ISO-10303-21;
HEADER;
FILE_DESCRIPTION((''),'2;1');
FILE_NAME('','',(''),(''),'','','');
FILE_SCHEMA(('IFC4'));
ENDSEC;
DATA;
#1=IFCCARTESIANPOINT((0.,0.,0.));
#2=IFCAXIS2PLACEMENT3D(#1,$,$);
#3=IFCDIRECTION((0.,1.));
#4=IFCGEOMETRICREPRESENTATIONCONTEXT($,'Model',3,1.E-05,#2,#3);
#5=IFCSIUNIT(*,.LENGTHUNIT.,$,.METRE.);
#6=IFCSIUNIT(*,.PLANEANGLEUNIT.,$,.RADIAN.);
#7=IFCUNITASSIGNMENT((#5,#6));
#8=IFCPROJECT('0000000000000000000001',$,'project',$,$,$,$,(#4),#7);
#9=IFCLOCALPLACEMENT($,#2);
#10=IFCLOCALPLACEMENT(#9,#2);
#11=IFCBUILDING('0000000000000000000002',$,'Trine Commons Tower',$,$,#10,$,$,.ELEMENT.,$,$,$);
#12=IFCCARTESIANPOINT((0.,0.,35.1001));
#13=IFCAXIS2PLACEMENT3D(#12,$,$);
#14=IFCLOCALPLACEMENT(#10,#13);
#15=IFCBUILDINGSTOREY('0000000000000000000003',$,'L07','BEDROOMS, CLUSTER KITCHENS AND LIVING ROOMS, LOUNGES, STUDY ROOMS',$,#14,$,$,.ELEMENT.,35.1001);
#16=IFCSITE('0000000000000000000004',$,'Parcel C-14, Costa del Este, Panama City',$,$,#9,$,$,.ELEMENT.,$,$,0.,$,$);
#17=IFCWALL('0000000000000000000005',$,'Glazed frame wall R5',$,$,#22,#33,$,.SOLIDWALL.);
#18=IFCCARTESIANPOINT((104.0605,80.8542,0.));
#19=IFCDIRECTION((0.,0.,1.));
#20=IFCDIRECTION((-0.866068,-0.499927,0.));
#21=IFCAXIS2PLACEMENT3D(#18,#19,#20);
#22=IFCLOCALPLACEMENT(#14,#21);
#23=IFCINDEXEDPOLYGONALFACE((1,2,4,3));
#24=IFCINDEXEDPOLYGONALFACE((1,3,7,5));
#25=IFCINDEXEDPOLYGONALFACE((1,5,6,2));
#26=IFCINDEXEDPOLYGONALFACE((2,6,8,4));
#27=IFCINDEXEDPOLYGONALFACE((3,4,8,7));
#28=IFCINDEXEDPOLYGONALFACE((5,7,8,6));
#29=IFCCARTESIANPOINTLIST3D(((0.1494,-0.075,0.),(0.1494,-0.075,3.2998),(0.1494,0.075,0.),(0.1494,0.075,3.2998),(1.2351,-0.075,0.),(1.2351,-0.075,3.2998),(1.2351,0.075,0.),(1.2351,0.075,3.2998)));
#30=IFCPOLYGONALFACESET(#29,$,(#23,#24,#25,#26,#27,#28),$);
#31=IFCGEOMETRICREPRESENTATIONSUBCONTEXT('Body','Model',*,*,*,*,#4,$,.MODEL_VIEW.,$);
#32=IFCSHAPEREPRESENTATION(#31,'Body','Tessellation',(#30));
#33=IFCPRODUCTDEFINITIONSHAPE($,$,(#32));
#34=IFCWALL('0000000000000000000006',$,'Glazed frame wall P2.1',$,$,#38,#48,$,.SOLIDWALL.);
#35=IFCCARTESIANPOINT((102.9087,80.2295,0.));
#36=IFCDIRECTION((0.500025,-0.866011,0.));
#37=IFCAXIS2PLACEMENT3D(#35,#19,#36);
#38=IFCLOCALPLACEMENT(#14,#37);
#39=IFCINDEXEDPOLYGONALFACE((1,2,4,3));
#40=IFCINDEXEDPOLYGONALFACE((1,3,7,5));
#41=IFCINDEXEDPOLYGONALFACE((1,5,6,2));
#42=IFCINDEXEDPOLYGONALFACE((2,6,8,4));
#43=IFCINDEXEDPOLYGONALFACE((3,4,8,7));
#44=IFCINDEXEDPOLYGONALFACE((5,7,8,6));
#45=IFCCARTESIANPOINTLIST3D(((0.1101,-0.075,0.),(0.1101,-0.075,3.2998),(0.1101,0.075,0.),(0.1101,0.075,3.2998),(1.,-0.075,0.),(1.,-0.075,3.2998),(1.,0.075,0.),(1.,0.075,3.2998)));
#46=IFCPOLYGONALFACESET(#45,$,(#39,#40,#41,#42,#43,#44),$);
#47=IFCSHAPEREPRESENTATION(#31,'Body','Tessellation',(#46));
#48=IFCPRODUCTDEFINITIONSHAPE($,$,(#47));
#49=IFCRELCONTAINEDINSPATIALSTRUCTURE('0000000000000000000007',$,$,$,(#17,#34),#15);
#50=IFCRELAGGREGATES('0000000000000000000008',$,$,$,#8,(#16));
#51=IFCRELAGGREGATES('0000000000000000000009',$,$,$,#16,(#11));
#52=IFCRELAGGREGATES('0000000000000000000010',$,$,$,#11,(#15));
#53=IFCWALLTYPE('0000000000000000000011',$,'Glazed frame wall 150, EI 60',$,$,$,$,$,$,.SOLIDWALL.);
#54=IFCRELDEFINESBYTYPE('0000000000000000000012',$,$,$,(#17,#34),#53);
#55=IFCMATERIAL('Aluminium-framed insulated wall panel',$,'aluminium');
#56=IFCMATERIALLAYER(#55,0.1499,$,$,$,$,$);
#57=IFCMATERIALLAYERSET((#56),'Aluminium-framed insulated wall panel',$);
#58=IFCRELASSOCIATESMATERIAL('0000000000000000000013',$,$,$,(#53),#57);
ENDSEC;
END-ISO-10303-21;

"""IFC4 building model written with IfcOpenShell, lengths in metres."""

from ifc_helpers import new_model, si_unit, direction, frame, origin, place, context, subcontext, project, spatial, polyline, outline, extrude, material, layer, layer_set, type_object, element, save


model = new_model("IFC4")

# Units and contexts
model_context = context("Model", 3, precision=1e-05, world=origin(), true_north=direction((0.0, 1.0)))
body_context = subcontext(model_context, "Body", "Model", "MODEL_VIEW")
ifc_project = project(units=[si_unit("LENGTHUNIT", "METRE"), si_unit("PLANEANGLEUNIT", "RADIAN")], contexts=[model_context])

# Site, building, storey
site_placement = place(None, origin())
site = spatial("IfcSite", under=ifc_project, at=site_placement, Name="Parcel C-14, Costa del Este, Panama City", CompositionType="ELEMENT", RefElevation=0.0)
building_placement = place(site_placement, origin())
building = spatial("IfcBuilding", under=site, at=building_placement, Name="Trine Commons Tower", CompositionType="ELEMENT")
storey_placement = place(building_placement, frame((0.0, 0.0, 35.1001)))
storey = spatial("IfcBuildingStorey", under=building, at=storey_placement, Name="L07", Description="BEDROOMS, CLUSTER KITCHENS AND LIVING ROOMS, LOUNGES, STUDY ROOMS", CompositionType="ELEMENT", Elevation=35.1001)

# Walls
ifc_material_1 = material(Name="Aluminium-framed insulated wall panel", Category="aluminium")
ifc_layer_1 = layer(ifc_material_1, 0.1499)
ifc_layer_set_1 = layer_set([ifc_layer_1], Name="Aluminium-framed insulated wall panel")
wall_type_1 = type_object("IfcWallType", Name="Glazed frame wall 150, EI 60", PredefinedType="SOLIDWALL", material=ifc_layer_set_1)
wall_1_placement = place(storey_placement, frame((104.0605, 80.8542, 0.0), z_axis=(0.0, 0.0, 1.0), x_axis=(-0.866068, -0.499927, 0.0)))
element("IfcWall", 1, at=wall_1_placement, inside=storey, type_object=wall_type_1, Name="Glazed frame wall R5", PredefinedType="SOLIDWALL", context=body_context, shape_type="SweptSolid", body=[
    extrude(outline(polyline([(0.1494, 0.075), (0.1494, -0.075), (1.2351, -0.075), (1.2351, 0.075), (0.1494, 0.075)])), origin(), (0.0, 0.0, 1.0), 3.2998),
])
wall_2_placement = place(storey_placement, frame((102.9087, 80.2295, 0.0), z_axis=(0.0, 0.0, 1.0), x_axis=(0.500025, -0.866011, 0.0)))
element("IfcWall", 2, at=wall_2_placement, inside=storey, type_object=wall_type_1, Name="Glazed frame wall P2.1", PredefinedType="SOLIDWALL", context=body_context, shape_type="SweptSolid", body=[
    extrude(outline(polyline([(0.1101, -0.075), (1.0, -0.075), (1.0, 0.075), (0.1101, 0.075), (0.1101, -0.075)])), origin(), (0.0, 0.0, 1.0), 3.2998),
])

save(model, "model.ifc")
